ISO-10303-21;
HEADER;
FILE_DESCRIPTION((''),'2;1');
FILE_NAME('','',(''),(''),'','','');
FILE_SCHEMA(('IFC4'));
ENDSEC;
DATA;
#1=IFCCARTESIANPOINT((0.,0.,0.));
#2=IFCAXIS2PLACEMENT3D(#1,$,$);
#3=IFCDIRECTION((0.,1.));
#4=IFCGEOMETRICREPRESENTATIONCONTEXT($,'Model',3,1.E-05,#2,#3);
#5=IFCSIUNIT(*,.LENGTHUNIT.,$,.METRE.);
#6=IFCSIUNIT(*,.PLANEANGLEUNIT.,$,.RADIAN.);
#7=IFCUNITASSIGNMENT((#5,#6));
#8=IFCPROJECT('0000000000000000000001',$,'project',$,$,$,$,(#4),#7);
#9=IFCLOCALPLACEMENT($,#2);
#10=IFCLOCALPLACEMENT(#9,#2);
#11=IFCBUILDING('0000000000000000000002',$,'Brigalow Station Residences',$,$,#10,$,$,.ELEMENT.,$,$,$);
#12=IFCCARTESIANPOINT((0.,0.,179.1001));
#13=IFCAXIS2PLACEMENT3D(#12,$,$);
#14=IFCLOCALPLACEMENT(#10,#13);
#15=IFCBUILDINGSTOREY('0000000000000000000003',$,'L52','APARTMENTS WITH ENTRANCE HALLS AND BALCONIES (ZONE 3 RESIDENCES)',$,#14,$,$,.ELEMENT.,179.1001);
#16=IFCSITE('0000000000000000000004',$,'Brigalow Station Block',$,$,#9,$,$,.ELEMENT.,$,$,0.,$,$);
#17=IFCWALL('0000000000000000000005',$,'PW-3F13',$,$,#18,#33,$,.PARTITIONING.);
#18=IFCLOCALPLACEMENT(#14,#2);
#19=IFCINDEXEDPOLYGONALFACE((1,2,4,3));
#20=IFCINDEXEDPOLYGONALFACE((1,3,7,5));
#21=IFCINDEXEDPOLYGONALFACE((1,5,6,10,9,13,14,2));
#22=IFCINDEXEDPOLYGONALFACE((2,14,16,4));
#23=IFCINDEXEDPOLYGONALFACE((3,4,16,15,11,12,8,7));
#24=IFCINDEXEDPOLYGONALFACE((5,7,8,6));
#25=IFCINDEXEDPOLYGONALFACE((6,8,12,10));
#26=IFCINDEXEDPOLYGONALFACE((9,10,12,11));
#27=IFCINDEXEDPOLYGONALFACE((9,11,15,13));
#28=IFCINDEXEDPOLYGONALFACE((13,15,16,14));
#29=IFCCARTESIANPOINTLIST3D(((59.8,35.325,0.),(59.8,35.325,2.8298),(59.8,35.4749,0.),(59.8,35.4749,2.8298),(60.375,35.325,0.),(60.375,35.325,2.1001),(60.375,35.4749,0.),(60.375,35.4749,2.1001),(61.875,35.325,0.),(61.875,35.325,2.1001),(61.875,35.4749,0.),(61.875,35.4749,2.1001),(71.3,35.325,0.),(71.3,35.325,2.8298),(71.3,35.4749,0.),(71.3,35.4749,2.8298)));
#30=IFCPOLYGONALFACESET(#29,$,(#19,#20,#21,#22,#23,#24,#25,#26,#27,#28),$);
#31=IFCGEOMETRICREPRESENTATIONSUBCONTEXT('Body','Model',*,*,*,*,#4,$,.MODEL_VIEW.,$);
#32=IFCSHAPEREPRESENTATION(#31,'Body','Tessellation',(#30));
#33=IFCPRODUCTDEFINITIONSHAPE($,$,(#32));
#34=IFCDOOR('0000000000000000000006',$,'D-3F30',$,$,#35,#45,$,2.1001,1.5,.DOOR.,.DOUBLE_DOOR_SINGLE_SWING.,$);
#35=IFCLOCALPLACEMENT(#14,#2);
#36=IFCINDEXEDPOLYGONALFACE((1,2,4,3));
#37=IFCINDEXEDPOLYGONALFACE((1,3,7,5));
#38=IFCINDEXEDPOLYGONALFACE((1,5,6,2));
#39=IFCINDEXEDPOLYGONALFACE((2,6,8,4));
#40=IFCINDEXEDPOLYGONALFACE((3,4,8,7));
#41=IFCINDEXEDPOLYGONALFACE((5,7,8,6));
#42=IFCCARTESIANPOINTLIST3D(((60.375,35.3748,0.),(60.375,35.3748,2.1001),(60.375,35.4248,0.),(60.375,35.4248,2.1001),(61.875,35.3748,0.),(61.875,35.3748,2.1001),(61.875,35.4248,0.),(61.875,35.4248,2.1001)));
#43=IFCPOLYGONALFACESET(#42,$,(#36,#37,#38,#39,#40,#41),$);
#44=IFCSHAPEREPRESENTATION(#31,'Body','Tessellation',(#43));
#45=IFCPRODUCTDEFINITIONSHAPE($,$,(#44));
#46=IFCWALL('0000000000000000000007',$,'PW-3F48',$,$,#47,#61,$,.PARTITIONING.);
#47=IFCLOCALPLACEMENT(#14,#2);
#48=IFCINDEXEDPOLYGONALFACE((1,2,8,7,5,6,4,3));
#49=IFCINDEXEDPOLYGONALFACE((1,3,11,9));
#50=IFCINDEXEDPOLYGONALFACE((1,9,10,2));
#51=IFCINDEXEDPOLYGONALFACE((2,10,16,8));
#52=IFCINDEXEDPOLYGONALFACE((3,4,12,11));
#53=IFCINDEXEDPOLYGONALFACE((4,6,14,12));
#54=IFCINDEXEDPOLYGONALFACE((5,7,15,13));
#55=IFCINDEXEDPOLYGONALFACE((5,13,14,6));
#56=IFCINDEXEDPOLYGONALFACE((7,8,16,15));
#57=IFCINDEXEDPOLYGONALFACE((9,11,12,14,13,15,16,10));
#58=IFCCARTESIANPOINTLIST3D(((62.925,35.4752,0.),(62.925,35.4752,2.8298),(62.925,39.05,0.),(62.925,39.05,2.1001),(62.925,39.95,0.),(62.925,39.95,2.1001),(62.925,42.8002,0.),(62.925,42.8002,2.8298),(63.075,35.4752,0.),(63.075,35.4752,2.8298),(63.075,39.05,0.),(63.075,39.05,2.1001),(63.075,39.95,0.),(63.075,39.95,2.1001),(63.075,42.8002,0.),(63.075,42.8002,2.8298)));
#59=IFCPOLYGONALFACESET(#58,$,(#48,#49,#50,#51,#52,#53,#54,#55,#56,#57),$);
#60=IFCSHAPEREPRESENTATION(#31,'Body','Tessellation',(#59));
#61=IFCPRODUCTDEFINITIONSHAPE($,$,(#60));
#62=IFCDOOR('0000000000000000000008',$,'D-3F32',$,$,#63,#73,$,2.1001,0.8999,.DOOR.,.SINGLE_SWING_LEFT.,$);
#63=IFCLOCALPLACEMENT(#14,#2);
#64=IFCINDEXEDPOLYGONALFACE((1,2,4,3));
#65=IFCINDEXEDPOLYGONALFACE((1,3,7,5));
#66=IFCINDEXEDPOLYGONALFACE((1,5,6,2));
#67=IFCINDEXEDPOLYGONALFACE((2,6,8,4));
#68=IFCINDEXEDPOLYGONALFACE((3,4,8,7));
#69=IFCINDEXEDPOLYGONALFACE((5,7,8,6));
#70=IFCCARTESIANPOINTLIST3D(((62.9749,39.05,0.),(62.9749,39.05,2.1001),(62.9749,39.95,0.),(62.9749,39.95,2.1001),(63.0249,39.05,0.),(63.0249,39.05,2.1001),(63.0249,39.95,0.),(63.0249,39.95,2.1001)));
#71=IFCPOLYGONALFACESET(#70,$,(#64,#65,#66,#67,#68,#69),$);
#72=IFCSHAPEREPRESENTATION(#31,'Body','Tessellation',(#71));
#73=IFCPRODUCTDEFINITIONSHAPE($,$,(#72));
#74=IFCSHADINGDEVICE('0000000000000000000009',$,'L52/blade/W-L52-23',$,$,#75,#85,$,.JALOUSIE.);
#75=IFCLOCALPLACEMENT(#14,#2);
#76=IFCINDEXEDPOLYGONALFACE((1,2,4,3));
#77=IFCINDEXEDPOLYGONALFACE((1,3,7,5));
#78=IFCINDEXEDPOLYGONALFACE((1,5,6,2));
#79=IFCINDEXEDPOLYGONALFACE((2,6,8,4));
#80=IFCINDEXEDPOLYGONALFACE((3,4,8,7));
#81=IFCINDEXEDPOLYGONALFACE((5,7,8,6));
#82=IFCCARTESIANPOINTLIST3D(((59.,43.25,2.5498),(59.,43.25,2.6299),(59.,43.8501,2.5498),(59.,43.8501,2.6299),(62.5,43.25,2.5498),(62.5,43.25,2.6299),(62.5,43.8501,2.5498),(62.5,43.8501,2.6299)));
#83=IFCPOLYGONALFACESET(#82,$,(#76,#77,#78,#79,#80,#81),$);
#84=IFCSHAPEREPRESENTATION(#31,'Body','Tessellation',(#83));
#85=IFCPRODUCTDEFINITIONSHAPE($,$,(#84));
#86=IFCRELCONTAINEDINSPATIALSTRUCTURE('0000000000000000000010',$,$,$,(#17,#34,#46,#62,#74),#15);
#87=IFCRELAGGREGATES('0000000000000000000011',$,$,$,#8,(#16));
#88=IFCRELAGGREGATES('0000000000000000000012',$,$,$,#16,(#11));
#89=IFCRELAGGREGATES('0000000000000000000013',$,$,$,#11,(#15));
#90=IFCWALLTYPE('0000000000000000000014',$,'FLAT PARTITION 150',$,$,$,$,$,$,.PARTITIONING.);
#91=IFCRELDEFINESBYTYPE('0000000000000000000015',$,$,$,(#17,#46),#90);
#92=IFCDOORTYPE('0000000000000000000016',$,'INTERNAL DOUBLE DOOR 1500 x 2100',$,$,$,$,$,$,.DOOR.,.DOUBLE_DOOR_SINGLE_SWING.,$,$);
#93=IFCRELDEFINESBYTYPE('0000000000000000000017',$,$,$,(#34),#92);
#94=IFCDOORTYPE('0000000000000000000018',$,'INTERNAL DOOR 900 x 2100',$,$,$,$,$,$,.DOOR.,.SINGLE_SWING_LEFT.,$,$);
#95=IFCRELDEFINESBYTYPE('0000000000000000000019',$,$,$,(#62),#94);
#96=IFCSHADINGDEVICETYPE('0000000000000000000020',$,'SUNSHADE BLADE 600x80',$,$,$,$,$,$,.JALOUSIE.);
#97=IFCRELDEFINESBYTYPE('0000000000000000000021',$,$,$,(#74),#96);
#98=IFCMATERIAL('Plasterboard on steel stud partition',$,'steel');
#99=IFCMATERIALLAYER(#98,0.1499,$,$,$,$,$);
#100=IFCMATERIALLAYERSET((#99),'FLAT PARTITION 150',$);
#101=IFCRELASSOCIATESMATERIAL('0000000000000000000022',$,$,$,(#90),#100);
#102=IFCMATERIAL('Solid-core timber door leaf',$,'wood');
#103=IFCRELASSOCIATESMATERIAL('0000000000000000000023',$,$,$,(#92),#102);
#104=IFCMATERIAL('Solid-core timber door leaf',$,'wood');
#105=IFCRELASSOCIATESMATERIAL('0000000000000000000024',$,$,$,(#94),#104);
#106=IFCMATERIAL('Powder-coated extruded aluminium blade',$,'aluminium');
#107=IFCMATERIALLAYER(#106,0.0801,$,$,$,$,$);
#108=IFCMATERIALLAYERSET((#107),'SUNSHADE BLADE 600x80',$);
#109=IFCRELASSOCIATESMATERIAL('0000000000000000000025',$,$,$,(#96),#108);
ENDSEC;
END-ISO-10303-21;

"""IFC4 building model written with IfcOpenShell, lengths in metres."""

from ifc_helpers import new_model, si_unit, direction, frame, frame_2d, origin, origin_2d, place, context, subcontext, project, spatial, rectangle, extrude, material, layer, layer_set, type_object, element, fill, save


model = new_model("IFC4")

# Units and contexts
model_context = context("Model", 3, precision=1e-05, world=origin(), true_north=direction((0.0, 1.0)))
body_context = subcontext(model_context, "Body", "Model", "MODEL_VIEW")
ifc_project = project(units=[si_unit("LENGTHUNIT", "METRE"), si_unit("PLANEANGLEUNIT", "RADIAN")], contexts=[model_context])

# Site, building, storey
site_placement = place(None, origin())
site = spatial("IfcSite", under=ifc_project, at=site_placement, Name="Brigalow Station Block", CompositionType="ELEMENT", RefElevation=0.0)
building_placement = place(site_placement, origin())
building = spatial("IfcBuilding", under=site, at=building_placement, Name="Brigalow Station Residences", CompositionType="ELEMENT")
storey_placement = place(building_placement, frame((0.0, 0.0, 179.1001)))
storey = spatial("IfcBuildingStorey", under=building, at=storey_placement, Name="L52", Description="APARTMENTS WITH ENTRANCE HALLS AND BALCONIES (ZONE 3 RESIDENCES)", CompositionType="ELEMENT", Elevation=179.1001)

# Walls, openings, doors
ifc_material_1 = material(Name="Plasterboard on steel stud partition", Category="steel")
ifc_layer_1 = layer(ifc_material_1, 0.1499)
ifc_layer_set_1 = layer_set([ifc_layer_1], Name="FLAT PARTITION 150")
wall_type_1 = type_object("IfcWallType", Name="FLAT PARTITION 150", PredefinedType="PARTITIONING", material=ifc_layer_set_1)
wall_1_placement = place(storey_placement, frame((59.8, 35.3999, 0.0), z_axis=(0.0, 0.0, 1.0), x_axis=(1.0, 0.0, 0.0)))
wall_1 = element("IfcWall", 1, at=wall_1_placement, inside=storey, type_object=wall_type_1, Name="PW-3F13", PredefinedType="PARTITIONING", context=body_context, shape_type="SweptSolid", body=[
    extrude(rectangle(XDim=11.5, YDim=0.1499, at=frame_2d((5.75, 0.0))), origin(), (0.0, 0.0, 1.0), 2.8298),
])
opening_1_placement = place(wall_1_placement, frame((0.575, 0.0, 0.0)))
opening_1 = element("IfcOpeningElement", 2, at=opening_1_placement, cuts=wall_1, PredefinedType="OPENING", context=body_context, shape_type="SweptSolid", body=[
    extrude(rectangle(XDim=1.5, YDim=2.1001, at=frame_2d((0.75, 1.05))), frame((0.0, 0.085, 0.0), z_axis=(0.0, -1.0, 0.0), x_axis=(1.0, 0.0, 0.0)), (0.0, 0.0, 1.0), 0.1699),
])
ifc_material_2 = material(Name="Solid-core timber door leaf", Category="wood")
door_type_1 = type_object("IfcDoorType", Name="INTERNAL DOUBLE DOOR 1500 x 2100", OperationType="DOUBLE_DOOR_SINGLE_SWING", PredefinedType="DOOR", material=ifc_material_2)
door_1_placement = place(opening_1_placement, origin())
door_1 = element("IfcDoor", 3, at=door_1_placement, inside=storey, type_object=door_type_1, Name="D-3F30", OperationType="DOUBLE_DOOR_SINGLE_SWING", OverallHeight=2.1001, OverallWidth=1.5, PredefinedType="DOOR", context=body_context, shape_type="SweptSolid", body=[
    extrude(rectangle(XDim=1.5, YDim=2.1001, at=frame_2d((0.75, 1.05))), frame((0.0, 0.0249, 0.0), z_axis=(0.0, -1.0, 0.0), x_axis=(1.0, 0.0, 0.0)), (0.0, 0.0, 1.0), 0.05),
])
fill(opening_1, door_1)
wall_2_placement = place(storey_placement, frame((63.0, 35.4751, 0.0), z_axis=(0.0, 0.0, 1.0), x_axis=(0.0, 1.0, 0.0)))
wall_2 = element("IfcWall", 4, at=wall_2_placement, inside=storey, type_object=wall_type_1, Name="PW-3F48", PredefinedType="PARTITIONING", context=body_context, shape_type="SweptSolid", body=[
    extrude(rectangle(XDim=7.325, YDim=0.1499, at=frame_2d((3.6626, 0.0))), origin(), (0.0, 0.0, 1.0), 2.8298),
])
opening_2_placement = place(wall_2_placement, frame((3.575, 0.0, 0.0)))
opening_2 = element("IfcOpeningElement", 5, at=opening_2_placement, cuts=wall_2, PredefinedType="OPENING", context=body_context, shape_type="SweptSolid", body=[
    extrude(rectangle(XDim=0.8999, YDim=2.1001, at=frame_2d((0.45, 1.05))), frame((0.0, 0.085, 0.0), z_axis=(0.0, -1.0, 0.0), x_axis=(1.0, 0.0, 0.0)), (0.0, 0.0, 1.0), 0.1699),
])
ifc_material_3 = material(Name="Solid-core timber door leaf", Category="wood")
door_type_2 = type_object("IfcDoorType", Name="INTERNAL DOOR 900 x 2100", OperationType="SINGLE_SWING_LEFT", PredefinedType="DOOR", material=ifc_material_3)
door_2_placement = place(opening_2_placement, frame((0.8999, 0.0, 0.0), z_axis=(0.0, 0.0, 1.0), x_axis=(-1.0, 0.0, 0.0)))
door_2 = element("IfcDoor", 6, at=door_2_placement, inside=storey, type_object=door_type_2, Name="D-3F32", OperationType="SINGLE_SWING_LEFT", OverallHeight=2.1001, OverallWidth=0.8999, PredefinedType="DOOR", context=body_context, shape_type="SweptSolid", body=[
    extrude(rectangle(XDim=0.8999, YDim=2.1001, at=frame_2d((0.45, 1.05))), frame((0.0, 0.0249, 0.0), z_axis=(0.0, -1.0, 0.0), x_axis=(1.0, 0.0, 0.0)), (0.0, 0.0, 1.0), 0.05),
])
fill(opening_2, door_2)

# Shading device
ifc_material_4 = material(Name="Powder-coated extruded aluminium blade", Category="aluminium")
ifc_layer_2 = layer(ifc_material_4, 0.0801)
ifc_layer_set_2 = layer_set([ifc_layer_2], Name="SUNSHADE BLADE 600x80")
shading_device_type = type_object("IfcShadingDeviceType", Name="SUNSHADE BLADE 600x80", PredefinedType="JALOUSIE", material=ifc_layer_set_2)
shading_device_placement = place(storey_placement, frame((60.75, 43.55, 2.5498), z_axis=(0.0, 0.0, 1.0), x_axis=(-1.0, 0.0, 0.0)))
element("IfcShadingDevice", 7, at=shading_device_placement, inside=storey, type_object=shading_device_type, Name="L52/blade/W-L52-23", PredefinedType="JALOUSIE", context=body_context, shape_type="SweptSolid", body=[
    extrude(rectangle(XDim=3.5, YDim=0.6001, at=origin_2d()), origin(), (0.0, 0.0, 1.0), 0.0801),
])

save(model, "model.ifc")
